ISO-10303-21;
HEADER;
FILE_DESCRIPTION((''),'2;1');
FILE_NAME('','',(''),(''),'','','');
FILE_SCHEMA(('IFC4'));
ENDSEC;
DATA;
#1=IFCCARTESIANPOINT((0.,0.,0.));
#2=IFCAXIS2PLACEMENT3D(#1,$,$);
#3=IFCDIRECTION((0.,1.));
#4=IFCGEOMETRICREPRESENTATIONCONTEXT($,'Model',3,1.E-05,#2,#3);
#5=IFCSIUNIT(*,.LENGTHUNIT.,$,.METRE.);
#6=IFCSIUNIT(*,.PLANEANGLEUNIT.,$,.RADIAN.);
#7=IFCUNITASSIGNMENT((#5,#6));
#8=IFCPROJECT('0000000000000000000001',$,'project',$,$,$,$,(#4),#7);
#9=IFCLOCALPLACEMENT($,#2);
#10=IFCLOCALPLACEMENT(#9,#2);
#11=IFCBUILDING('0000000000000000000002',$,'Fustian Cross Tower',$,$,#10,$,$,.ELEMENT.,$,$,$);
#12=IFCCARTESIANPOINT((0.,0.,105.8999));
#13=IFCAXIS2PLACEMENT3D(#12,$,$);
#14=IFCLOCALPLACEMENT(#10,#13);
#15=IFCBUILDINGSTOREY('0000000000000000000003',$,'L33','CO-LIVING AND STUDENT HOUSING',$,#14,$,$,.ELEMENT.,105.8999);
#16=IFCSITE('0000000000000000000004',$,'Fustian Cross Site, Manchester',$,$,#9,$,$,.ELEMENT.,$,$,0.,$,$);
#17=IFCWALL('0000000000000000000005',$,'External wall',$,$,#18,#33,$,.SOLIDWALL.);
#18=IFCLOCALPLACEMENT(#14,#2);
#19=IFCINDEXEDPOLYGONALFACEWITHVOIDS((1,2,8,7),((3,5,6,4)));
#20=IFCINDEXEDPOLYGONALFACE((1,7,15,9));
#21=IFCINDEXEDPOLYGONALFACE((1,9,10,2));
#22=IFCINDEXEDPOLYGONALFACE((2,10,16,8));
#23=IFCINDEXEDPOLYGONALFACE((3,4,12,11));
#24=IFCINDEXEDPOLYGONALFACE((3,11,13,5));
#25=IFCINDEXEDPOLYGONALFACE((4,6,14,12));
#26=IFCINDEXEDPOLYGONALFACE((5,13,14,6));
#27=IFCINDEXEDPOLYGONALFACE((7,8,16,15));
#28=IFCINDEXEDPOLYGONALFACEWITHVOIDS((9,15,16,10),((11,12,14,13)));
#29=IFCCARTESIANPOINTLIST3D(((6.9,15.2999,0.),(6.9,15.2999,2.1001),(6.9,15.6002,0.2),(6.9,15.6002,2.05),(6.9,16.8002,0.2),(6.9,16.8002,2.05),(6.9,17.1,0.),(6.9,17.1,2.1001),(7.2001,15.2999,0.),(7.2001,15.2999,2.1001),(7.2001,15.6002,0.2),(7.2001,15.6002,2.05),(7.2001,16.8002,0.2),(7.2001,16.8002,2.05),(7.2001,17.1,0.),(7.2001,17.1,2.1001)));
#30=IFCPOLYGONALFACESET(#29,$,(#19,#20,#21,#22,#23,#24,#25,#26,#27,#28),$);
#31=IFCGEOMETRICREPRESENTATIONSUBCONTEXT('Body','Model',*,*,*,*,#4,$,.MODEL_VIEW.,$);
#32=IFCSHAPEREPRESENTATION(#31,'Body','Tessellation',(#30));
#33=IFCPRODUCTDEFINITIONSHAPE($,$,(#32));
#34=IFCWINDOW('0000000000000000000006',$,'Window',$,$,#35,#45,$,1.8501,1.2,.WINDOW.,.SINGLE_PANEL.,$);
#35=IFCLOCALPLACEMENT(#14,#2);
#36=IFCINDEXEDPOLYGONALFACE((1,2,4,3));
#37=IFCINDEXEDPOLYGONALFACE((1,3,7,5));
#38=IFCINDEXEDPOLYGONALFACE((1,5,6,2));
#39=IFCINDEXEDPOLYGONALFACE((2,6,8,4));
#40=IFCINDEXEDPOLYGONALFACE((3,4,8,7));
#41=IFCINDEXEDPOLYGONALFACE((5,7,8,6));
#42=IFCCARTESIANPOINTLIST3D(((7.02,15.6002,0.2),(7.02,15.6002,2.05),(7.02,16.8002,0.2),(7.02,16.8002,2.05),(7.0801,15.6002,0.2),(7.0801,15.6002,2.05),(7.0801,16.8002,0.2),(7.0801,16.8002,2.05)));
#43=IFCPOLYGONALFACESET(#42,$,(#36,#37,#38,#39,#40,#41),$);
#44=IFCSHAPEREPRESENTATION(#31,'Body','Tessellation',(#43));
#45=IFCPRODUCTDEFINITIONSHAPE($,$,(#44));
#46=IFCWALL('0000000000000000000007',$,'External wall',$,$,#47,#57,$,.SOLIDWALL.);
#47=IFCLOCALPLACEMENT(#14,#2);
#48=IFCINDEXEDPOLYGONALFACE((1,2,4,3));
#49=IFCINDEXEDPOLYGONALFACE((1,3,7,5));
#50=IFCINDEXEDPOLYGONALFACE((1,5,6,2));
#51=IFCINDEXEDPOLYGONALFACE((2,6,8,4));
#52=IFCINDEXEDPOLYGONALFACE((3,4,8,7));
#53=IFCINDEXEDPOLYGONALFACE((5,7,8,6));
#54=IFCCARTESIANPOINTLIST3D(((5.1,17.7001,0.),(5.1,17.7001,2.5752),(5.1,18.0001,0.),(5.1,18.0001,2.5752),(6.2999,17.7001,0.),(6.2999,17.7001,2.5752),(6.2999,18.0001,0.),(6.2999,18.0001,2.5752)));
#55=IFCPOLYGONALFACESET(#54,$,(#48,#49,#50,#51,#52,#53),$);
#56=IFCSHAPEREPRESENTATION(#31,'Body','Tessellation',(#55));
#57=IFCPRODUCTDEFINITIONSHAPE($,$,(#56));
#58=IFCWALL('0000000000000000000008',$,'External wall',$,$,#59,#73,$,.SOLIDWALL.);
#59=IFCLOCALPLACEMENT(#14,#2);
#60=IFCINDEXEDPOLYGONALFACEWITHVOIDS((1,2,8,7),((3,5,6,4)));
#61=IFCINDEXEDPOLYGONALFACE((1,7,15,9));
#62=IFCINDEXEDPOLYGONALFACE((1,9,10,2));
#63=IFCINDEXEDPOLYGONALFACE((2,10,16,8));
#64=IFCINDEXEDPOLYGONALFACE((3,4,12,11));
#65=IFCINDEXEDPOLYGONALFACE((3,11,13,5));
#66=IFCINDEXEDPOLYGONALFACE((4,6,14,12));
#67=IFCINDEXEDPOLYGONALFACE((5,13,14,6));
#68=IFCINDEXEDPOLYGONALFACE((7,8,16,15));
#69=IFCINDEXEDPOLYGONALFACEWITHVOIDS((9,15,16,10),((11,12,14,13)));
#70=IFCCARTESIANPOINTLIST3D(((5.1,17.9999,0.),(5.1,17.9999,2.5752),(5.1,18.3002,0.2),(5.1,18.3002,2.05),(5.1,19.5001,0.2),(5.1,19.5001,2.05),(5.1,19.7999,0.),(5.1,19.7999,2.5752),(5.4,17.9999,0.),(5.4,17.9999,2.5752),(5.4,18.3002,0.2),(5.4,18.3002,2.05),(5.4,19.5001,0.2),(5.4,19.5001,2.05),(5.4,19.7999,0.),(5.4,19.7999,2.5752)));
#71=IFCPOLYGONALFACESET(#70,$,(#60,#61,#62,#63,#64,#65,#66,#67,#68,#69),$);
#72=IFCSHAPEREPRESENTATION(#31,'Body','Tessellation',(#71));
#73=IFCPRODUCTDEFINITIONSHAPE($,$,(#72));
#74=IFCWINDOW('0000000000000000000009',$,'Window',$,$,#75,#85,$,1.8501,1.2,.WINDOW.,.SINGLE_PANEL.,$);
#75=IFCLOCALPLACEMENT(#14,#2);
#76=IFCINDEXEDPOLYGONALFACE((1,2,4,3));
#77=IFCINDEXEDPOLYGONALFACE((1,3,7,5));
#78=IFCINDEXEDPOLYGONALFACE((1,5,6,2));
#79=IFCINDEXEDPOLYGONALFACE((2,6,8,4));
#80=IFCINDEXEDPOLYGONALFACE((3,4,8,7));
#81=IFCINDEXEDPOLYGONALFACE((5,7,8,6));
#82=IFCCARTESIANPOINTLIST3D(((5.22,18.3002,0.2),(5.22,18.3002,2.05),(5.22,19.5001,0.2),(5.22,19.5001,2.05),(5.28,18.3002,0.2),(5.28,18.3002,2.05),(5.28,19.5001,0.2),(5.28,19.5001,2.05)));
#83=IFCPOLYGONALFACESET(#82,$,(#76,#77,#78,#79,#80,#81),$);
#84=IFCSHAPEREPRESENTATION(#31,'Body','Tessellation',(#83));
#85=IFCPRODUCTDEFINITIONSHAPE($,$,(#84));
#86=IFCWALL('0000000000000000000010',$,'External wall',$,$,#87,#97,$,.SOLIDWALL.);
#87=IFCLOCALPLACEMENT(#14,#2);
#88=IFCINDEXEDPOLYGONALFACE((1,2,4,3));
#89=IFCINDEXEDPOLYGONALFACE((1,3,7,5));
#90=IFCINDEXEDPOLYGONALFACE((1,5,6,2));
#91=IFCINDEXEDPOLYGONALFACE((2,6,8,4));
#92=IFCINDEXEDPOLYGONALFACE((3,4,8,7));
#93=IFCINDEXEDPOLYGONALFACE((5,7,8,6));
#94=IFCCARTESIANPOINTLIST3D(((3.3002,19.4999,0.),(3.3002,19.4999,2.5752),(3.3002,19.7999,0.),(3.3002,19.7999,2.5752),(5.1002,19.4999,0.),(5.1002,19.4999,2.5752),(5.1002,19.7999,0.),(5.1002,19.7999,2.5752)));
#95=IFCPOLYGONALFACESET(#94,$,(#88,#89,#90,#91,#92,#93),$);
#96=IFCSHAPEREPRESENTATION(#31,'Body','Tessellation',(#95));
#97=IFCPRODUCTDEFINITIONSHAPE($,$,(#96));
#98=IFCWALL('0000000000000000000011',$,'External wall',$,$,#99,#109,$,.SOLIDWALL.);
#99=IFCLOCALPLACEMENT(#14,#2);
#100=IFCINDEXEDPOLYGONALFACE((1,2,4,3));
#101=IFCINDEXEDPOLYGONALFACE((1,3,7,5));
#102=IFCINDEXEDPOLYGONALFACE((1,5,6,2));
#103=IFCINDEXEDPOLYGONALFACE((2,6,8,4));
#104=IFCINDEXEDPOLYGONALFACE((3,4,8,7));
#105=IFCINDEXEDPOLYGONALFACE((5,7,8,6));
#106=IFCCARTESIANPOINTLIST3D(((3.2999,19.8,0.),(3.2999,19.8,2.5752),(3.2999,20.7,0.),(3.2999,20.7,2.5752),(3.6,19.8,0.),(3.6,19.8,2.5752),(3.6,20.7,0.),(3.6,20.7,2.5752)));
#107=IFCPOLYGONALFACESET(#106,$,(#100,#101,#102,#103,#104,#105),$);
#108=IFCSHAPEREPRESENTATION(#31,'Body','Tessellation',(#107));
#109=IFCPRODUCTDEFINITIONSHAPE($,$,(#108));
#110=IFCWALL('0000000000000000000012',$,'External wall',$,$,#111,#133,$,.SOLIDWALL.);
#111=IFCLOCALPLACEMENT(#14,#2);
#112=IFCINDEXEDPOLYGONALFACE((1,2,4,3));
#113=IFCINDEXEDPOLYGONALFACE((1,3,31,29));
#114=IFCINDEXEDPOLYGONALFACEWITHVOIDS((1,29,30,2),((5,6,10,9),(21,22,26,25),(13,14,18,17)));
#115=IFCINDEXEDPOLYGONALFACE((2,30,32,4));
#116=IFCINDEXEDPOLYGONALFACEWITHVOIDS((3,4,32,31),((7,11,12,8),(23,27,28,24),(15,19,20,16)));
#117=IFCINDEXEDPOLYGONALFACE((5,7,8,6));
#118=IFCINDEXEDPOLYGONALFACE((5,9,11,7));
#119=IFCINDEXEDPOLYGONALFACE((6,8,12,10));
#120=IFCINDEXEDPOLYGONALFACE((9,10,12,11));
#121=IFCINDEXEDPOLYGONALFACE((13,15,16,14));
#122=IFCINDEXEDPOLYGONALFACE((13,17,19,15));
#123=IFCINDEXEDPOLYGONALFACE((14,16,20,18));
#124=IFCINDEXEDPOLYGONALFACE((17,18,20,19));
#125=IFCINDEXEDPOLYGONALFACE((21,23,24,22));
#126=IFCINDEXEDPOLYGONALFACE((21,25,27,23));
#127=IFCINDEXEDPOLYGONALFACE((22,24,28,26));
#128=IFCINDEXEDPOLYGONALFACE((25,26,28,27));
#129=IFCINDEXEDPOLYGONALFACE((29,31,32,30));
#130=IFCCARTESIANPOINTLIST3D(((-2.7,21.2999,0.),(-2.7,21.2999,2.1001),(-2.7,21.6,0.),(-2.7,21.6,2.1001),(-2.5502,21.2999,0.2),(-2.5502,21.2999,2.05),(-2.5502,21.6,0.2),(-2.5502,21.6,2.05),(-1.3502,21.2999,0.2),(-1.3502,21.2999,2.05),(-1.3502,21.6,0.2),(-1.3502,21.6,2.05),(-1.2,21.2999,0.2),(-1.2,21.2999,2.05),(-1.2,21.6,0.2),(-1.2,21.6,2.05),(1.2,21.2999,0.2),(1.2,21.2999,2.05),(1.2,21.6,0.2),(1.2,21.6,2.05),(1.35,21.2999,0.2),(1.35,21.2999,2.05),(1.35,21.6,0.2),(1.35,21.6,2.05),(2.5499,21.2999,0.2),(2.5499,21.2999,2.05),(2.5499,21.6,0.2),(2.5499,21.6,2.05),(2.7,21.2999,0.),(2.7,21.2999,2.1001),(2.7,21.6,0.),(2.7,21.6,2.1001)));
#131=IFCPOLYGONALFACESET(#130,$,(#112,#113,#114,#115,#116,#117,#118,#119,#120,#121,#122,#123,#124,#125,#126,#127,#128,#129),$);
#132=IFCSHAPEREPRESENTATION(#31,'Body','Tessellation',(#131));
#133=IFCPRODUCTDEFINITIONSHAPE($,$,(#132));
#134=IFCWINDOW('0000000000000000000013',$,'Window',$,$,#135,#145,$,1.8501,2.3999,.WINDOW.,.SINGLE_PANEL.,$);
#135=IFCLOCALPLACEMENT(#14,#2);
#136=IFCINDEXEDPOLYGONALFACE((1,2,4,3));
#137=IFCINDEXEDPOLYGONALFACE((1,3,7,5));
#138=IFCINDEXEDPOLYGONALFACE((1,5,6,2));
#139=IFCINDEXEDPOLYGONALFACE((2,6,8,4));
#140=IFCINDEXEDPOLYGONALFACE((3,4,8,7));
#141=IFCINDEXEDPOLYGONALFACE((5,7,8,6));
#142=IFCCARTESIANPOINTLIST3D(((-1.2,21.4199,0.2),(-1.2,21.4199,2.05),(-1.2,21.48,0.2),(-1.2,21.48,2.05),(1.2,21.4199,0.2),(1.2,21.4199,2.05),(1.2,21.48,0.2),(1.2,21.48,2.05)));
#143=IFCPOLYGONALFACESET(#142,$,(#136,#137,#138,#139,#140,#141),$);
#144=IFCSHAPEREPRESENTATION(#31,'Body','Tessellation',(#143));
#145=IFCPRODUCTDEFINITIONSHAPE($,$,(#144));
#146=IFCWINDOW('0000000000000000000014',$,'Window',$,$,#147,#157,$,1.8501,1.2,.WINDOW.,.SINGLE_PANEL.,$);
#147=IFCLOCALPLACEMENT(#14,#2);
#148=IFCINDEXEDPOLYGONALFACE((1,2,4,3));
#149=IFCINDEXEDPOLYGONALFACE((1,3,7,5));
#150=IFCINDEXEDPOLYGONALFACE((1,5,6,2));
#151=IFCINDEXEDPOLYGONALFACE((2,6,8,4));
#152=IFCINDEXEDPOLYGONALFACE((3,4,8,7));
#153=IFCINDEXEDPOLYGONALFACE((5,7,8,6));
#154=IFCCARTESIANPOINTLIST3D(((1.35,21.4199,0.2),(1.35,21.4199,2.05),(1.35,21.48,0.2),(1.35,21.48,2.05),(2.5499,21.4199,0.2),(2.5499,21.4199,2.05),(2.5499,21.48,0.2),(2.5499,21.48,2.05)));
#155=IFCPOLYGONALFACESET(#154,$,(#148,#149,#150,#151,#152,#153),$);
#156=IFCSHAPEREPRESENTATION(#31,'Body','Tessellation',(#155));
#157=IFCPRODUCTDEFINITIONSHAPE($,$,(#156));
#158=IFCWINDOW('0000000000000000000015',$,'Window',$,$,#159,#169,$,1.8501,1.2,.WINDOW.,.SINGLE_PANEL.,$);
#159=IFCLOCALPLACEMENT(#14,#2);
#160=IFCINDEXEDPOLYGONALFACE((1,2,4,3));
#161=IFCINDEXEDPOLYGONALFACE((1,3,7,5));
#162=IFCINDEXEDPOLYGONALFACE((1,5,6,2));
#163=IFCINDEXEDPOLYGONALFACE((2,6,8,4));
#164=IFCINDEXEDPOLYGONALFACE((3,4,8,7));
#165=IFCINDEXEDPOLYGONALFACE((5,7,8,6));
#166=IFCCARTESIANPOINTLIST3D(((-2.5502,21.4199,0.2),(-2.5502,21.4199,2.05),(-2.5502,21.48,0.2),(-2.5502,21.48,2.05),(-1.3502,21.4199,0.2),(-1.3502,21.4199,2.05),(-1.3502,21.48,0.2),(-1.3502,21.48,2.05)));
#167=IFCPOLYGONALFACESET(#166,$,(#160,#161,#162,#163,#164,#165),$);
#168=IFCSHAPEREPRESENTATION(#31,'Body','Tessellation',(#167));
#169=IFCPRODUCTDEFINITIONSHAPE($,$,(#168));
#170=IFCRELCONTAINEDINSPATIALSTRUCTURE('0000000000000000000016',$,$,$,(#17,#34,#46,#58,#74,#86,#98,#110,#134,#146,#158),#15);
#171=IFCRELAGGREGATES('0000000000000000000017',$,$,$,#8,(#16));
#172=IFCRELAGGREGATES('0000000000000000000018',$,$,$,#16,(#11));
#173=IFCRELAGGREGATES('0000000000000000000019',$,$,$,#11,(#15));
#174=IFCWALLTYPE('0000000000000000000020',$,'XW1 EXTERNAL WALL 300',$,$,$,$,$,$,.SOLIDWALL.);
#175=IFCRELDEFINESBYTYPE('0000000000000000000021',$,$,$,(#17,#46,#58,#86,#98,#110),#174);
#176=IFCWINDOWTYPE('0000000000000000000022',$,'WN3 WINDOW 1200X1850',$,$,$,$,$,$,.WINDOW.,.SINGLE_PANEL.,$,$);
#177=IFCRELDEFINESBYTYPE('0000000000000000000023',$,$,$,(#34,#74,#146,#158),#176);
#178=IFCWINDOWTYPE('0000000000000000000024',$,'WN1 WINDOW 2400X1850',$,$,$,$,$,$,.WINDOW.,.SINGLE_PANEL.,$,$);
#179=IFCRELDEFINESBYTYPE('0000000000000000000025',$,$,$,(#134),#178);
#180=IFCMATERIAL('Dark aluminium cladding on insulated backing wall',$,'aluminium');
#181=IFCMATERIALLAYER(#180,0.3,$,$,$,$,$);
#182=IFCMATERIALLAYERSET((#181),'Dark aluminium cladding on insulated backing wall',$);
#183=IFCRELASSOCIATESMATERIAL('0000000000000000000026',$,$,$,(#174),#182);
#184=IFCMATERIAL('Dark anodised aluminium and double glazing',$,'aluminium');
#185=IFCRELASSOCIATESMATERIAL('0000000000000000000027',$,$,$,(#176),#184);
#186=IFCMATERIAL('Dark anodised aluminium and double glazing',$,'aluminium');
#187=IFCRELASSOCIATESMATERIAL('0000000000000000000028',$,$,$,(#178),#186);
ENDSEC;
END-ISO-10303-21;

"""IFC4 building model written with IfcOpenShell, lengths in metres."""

from ifc_helpers import new_model, si_unit, direction, frame, frame_2d, origin, place, context, subcontext, project, spatial, rectangle, extrude, material, layer, layer_set, type_object, element, fill, save


model = new_model("IFC4")

# Units and contexts
model_context = context("Model", 3, precision=1e-05, world=origin(), true_north=direction((0.0, 1.0)))
body_context = subcontext(model_context, "Body", "Model", "MODEL_VIEW")
ifc_project = project(units=[si_unit("LENGTHUNIT", "METRE"), si_unit("PLANEANGLEUNIT", "RADIAN")], contexts=[model_context])

# Site, building, storey
site_placement = place(None, origin())
site = spatial("IfcSite", under=ifc_project, at=site_placement, Name="Fustian Cross Site, Manchester", CompositionType="ELEMENT", RefElevation=0.0)
building_placement = place(site_placement, origin())
building = spatial("IfcBuilding", under=site, at=building_placement, Name="Fustian Cross Tower", CompositionType="ELEMENT")
storey_placement = place(building_placement, frame((0.0, 0.0, 105.8999)))
storey = spatial("IfcBuildingStorey", under=building, at=storey_placement, Name="L33", Description="CO-LIVING AND STUDENT HOUSING", CompositionType="ELEMENT", Elevation=105.8999)

# Shared definitions
ifc_material_1 = material(Name="Dark aluminium cladding on insulated backing wall", Category="aluminium")
ifc_layer_1 = layer(ifc_material_1, 0.3)
ifc_layer_set_1 = layer_set([ifc_layer_1], Name="Dark aluminium cladding on insulated backing wall")
wall_type_1 = type_object("IfcWallType", Name="XW1 EXTERNAL WALL 300", PredefinedType="SOLIDWALL", material=ifc_layer_set_1)

# Wall, opening, window
wall_1_placement = place(storey_placement, frame((7.05, 15.3, 0.0), z_axis=(0.0, 0.0, 1.0), x_axis=(0.0, 1.0, 0.0)))
wall_1 = element("IfcWall", 1, at=wall_1_placement, inside=storey, type_object=wall_type_1, Name="External wall", PredefinedType="SOLIDWALL", context=body_context, shape_type="SweptSolid", body=[
    extrude(rectangle(XDim=1.8, YDim=0.3, at=frame_2d((0.8999, 0.0))), origin(), (0.0, 0.0, 1.0), 2.1001),
])
opening_1_placement = place(wall_1_placement, frame((0.3, 0.0, 0.2)))
opening_1 = element("IfcOpeningElement", 2, at=opening_1_placement, cuts=wall_1, PredefinedType="OPENING", context=body_context, shape_type="SweptSolid", body=[
    extrude(rectangle(XDim=1.2, YDim=1.8501, at=frame_2d((0.6001, 0.925))), frame((0.0, 0.1599, 0.0), z_axis=(0.0, -1.0, 0.0), x_axis=(1.0, 0.0, 0.0)), (0.0, 0.0, 1.0), 0.3201),
])
ifc_material_2 = material(Name="Dark anodised aluminium and double glazing", Category="aluminium")
window_type_1 = type_object("IfcWindowType", Name="WN3 WINDOW 1200X1850", PartitioningType="SINGLE_PANEL", PredefinedType="WINDOW", material=ifc_material_2)
window_1_placement = place(opening_1_placement, origin())
window_1 = element("IfcWindow", 3, at=window_1_placement, inside=storey, type_object=window_type_1, Name="Window", OverallHeight=1.8501, OverallWidth=1.2, PartitioningType="SINGLE_PANEL", PredefinedType="WINDOW", context=body_context, shape_type="SweptSolid", body=[
    extrude(rectangle(XDim=1.2, YDim=1.8501, at=frame_2d((0.6001, 0.925))), frame((0.0, 0.03, 0.0), z_axis=(0.0, -1.0, 0.0), x_axis=(1.0, 0.0, 0.0)), (0.0, 0.0, 1.0), 0.0601),
])
fill(opening_1, window_1)

# Wall
wall_2_placement = place(storey_placement, frame((6.3, 17.8501, 0.0), z_axis=(0.0, 0.0, 1.0), x_axis=(-1.0, 0.0, 0.0)))
element("IfcWall", 4, at=wall_2_placement, inside=storey, type_object=wall_type_1, Name="External wall", PredefinedType="SOLIDWALL", context=body_context, shape_type="SweptSolid", body=[
    extrude(rectangle(XDim=1.2, YDim=0.3, at=frame_2d((0.6001, 0.0))), origin(), (0.0, 0.0, 1.0), 2.5752),
])

# Wall, opening, window
wall_3_placement = place(storey_placement, frame((5.25, 18.0, 0.0), z_axis=(0.0, 0.0, 1.0), x_axis=(0.0, 1.0, 0.0)))
wall_3 = element("IfcWall", 5, at=wall_3_placement, inside=storey, type_object=wall_type_1, Name="External wall", PredefinedType="SOLIDWALL", context=body_context, shape_type="SweptSolid", body=[
    extrude(rectangle(XDim=1.8, YDim=0.3, at=frame_2d((0.8999, 0.0))), origin(), (0.0, 0.0, 1.0), 2.5752),
])
opening_2_placement = place(wall_3_placement, frame((0.3, 0.0, 0.2)))
opening_2 = element("IfcOpeningElement", 6, at=opening_2_placement, cuts=wall_3, PredefinedType="OPENING", context=body_context, shape_type="SweptSolid", body=[
    extrude(rectangle(XDim=1.2, YDim=1.8501, at=frame_2d((0.6001, 0.925))), frame((0.0, 0.1599, 0.0), z_axis=(0.0, -1.0, 0.0), x_axis=(1.0, 0.0, 0.0)), (0.0, 0.0, 1.0), 0.3201),
])
window_2_placement = place(opening_2_placement, origin())
window_2 = element("IfcWindow", 7, at=window_2_placement, inside=storey, type_object=window_type_1, Name="Window", OverallHeight=1.8501, OverallWidth=1.2, PartitioningType="SINGLE_PANEL", PredefinedType="WINDOW", context=body_context, shape_type="SweptSolid", body=[
    extrude(rectangle(XDim=1.2, YDim=1.8501, at=frame_2d((0.6001, 0.925))), frame((0.0, 0.03, 0.0), z_axis=(0.0, -1.0, 0.0), x_axis=(1.0, 0.0, 0.0)), (0.0, 0.0, 1.0), 0.0601),
])
fill(opening_2, window_2)

# Walls
wall_4_placement = place(storey_placement, frame((5.1001, 19.6499, 0.0), z_axis=(0.0, 0.0, 1.0), x_axis=(-1.0, 0.0, 0.0)))
element("IfcWall", 8, at=wall_4_placement, inside=storey, type_object=wall_type_1, Name="External wall", PredefinedType="SOLIDWALL", context=body_context, shape_type="SweptSolid", body=[
    extrude(rectangle(XDim=1.8, YDim=0.3, at=frame_2d((0.8999, 0.0))), origin(), (0.0, 0.0, 1.0), 2.5752),
])
wall_5_placement = place(storey_placement, frame((3.45, 19.8, 0.0), z_axis=(0.0, 0.0, 1.0), x_axis=(0.0, 1.0, 0.0)))
element("IfcWall", 9, at=wall_5_placement, inside=storey, type_object=wall_type_1, Name="External wall", PredefinedType="SOLIDWALL", context=body_context, shape_type="SweptSolid", body=[
    extrude(rectangle(XDim=0.8999, YDim=0.3, at=frame_2d((0.45, 0.0))), origin(), (0.0, 0.0, 1.0), 2.5752),
])

# Wall, openings, windows
wall_6_placement = place(storey_placement, frame((2.7, 21.45, 0.0), z_axis=(0.0, 0.0, 1.0), x_axis=(-1.0, 0.0, 0.0)))
wall_6 = element("IfcWall", 10, at=wall_6_placement, inside=storey, type_object=wall_type_1, Name="External wall", PredefinedType="SOLIDWALL", context=body_context, shape_type="SweptSolid", body=[
    extrude(rectangle(XDim=5.3999, YDim=0.3, at=frame_2d((2.7, 0.0))), origin(), (0.0, 0.0, 1.0), 2.1001),
])
opening_3_placement = place(wall_6_placement, frame((1.5, 0.0, 0.2)))
opening_3 = element("IfcOpeningElement", 11, at=opening_3_placement, cuts=wall_6, PredefinedType="OPENING", context=body_context, shape_type="SweptSolid", body=[
    extrude(rectangle(XDim=2.3999, YDim=1.8501, at=frame_2d((1.2, 0.925))), frame((0.0, 0.1599, 0.0), z_axis=(0.0, -1.0, 0.0), x_axis=(1.0, 0.0, 0.0)), (0.0, 0.0, 1.0), 0.3201),
])
opening_4_placement = place(wall_6_placement, frame((0.1499, 0.0, 0.2)))
opening_4 = element("IfcOpeningElement", 12, at=opening_4_placement, cuts=wall_6, PredefinedType="OPENING", context=body_context, shape_type="SweptSolid", body=[
    extrude(rectangle(XDim=1.2, YDim=1.8501, at=frame_2d((0.6001, 0.925))), frame((0.0, 0.1599, 0.0), z_axis=(0.0, -1.0, 0.0), x_axis=(1.0, 0.0, 0.0)), (0.0, 0.0, 1.0), 0.3201),
])
opening_5_placement = place(wall_6_placement, frame((4.05, 0.0, 0.2)))
opening_5 = element("IfcOpeningElement", 13, at=opening_5_placement, cuts=wall_6, PredefinedType="OPENING", context=body_context, shape_type="SweptSolid", body=[
    extrude(rectangle(XDim=1.2, YDim=1.8501, at=frame_2d((0.6001, 0.925))), frame((0.0, 0.1599, 0.0), z_axis=(0.0, -1.0, 0.0), x_axis=(1.0, 0.0, 0.0)), (0.0, 0.0, 1.0), 0.3201),
])
ifc_material_3 = material(Name="Dark anodised aluminium and double glazing", Category="aluminium")
window_type_2 = type_object("IfcWindowType", Name="WN1 WINDOW 2400X1850", PartitioningType="SINGLE_PANEL", PredefinedType="WINDOW", material=ifc_material_3)
window_3_placement = place(opening_3_placement, origin())
window_3 = element("IfcWindow", 14, at=window_3_placement, inside=storey, type_object=window_type_2, Name="Window", OverallHeight=1.8501, OverallWidth=2.3999, PartitioningType="SINGLE_PANEL", PredefinedType="WINDOW", context=body_context, shape_type="SweptSolid", body=[
    extrude(rectangle(XDim=2.3999, YDim=1.8501, at=frame_2d((1.2, 0.925))), frame((0.0, 0.03, 0.0), z_axis=(0.0, -1.0, 0.0), x_axis=(1.0, 0.0, 0.0)), (0.0, 0.0, 1.0), 0.0601),
])
fill(opening_3, window_3)
window_4_placement = place(opening_4_placement, origin())
window_4 = element("IfcWindow", 15, at=window_4_placement, inside=storey, type_object=window_type_1, Name="Window", OverallHeight=1.8501, OverallWidth=1.2, PartitioningType="SINGLE_PANEL", PredefinedType="WINDOW", context=body_context, shape_type="SweptSolid", body=[
    extrude(rectangle(XDim=1.2, YDim=1.8501, at=frame_2d((0.6001, 0.925))), frame((0.0, 0.03, 0.0), z_axis=(0.0, -1.0, 0.0), x_axis=(1.0, 0.0, 0.0)), (0.0, 0.0, 1.0), 0.0601),
])
fill(opening_4, window_4)
window_5_placement = place(opening_5_placement, origin())
window_5 = element("IfcWindow", 16, at=window_5_placement, inside=storey, type_object=window_type_1, Name="Window", OverallHeight=1.8501, OverallWidth=1.2, PartitioningType="SINGLE_PANEL", PredefinedType="WINDOW", context=body_context, shape_type="SweptSolid", body=[
    extrude(rectangle(XDim=1.2, YDim=1.8501, at=frame_2d((0.6001, 0.925))), frame((0.0, 0.03, 0.0), z_axis=(0.0, -1.0, 0.0), x_axis=(1.0, 0.0, 0.0)), (0.0, 0.0, 1.0), 0.0601),
])
fill(opening_5, window_5)

save(model, "model.ifc")
